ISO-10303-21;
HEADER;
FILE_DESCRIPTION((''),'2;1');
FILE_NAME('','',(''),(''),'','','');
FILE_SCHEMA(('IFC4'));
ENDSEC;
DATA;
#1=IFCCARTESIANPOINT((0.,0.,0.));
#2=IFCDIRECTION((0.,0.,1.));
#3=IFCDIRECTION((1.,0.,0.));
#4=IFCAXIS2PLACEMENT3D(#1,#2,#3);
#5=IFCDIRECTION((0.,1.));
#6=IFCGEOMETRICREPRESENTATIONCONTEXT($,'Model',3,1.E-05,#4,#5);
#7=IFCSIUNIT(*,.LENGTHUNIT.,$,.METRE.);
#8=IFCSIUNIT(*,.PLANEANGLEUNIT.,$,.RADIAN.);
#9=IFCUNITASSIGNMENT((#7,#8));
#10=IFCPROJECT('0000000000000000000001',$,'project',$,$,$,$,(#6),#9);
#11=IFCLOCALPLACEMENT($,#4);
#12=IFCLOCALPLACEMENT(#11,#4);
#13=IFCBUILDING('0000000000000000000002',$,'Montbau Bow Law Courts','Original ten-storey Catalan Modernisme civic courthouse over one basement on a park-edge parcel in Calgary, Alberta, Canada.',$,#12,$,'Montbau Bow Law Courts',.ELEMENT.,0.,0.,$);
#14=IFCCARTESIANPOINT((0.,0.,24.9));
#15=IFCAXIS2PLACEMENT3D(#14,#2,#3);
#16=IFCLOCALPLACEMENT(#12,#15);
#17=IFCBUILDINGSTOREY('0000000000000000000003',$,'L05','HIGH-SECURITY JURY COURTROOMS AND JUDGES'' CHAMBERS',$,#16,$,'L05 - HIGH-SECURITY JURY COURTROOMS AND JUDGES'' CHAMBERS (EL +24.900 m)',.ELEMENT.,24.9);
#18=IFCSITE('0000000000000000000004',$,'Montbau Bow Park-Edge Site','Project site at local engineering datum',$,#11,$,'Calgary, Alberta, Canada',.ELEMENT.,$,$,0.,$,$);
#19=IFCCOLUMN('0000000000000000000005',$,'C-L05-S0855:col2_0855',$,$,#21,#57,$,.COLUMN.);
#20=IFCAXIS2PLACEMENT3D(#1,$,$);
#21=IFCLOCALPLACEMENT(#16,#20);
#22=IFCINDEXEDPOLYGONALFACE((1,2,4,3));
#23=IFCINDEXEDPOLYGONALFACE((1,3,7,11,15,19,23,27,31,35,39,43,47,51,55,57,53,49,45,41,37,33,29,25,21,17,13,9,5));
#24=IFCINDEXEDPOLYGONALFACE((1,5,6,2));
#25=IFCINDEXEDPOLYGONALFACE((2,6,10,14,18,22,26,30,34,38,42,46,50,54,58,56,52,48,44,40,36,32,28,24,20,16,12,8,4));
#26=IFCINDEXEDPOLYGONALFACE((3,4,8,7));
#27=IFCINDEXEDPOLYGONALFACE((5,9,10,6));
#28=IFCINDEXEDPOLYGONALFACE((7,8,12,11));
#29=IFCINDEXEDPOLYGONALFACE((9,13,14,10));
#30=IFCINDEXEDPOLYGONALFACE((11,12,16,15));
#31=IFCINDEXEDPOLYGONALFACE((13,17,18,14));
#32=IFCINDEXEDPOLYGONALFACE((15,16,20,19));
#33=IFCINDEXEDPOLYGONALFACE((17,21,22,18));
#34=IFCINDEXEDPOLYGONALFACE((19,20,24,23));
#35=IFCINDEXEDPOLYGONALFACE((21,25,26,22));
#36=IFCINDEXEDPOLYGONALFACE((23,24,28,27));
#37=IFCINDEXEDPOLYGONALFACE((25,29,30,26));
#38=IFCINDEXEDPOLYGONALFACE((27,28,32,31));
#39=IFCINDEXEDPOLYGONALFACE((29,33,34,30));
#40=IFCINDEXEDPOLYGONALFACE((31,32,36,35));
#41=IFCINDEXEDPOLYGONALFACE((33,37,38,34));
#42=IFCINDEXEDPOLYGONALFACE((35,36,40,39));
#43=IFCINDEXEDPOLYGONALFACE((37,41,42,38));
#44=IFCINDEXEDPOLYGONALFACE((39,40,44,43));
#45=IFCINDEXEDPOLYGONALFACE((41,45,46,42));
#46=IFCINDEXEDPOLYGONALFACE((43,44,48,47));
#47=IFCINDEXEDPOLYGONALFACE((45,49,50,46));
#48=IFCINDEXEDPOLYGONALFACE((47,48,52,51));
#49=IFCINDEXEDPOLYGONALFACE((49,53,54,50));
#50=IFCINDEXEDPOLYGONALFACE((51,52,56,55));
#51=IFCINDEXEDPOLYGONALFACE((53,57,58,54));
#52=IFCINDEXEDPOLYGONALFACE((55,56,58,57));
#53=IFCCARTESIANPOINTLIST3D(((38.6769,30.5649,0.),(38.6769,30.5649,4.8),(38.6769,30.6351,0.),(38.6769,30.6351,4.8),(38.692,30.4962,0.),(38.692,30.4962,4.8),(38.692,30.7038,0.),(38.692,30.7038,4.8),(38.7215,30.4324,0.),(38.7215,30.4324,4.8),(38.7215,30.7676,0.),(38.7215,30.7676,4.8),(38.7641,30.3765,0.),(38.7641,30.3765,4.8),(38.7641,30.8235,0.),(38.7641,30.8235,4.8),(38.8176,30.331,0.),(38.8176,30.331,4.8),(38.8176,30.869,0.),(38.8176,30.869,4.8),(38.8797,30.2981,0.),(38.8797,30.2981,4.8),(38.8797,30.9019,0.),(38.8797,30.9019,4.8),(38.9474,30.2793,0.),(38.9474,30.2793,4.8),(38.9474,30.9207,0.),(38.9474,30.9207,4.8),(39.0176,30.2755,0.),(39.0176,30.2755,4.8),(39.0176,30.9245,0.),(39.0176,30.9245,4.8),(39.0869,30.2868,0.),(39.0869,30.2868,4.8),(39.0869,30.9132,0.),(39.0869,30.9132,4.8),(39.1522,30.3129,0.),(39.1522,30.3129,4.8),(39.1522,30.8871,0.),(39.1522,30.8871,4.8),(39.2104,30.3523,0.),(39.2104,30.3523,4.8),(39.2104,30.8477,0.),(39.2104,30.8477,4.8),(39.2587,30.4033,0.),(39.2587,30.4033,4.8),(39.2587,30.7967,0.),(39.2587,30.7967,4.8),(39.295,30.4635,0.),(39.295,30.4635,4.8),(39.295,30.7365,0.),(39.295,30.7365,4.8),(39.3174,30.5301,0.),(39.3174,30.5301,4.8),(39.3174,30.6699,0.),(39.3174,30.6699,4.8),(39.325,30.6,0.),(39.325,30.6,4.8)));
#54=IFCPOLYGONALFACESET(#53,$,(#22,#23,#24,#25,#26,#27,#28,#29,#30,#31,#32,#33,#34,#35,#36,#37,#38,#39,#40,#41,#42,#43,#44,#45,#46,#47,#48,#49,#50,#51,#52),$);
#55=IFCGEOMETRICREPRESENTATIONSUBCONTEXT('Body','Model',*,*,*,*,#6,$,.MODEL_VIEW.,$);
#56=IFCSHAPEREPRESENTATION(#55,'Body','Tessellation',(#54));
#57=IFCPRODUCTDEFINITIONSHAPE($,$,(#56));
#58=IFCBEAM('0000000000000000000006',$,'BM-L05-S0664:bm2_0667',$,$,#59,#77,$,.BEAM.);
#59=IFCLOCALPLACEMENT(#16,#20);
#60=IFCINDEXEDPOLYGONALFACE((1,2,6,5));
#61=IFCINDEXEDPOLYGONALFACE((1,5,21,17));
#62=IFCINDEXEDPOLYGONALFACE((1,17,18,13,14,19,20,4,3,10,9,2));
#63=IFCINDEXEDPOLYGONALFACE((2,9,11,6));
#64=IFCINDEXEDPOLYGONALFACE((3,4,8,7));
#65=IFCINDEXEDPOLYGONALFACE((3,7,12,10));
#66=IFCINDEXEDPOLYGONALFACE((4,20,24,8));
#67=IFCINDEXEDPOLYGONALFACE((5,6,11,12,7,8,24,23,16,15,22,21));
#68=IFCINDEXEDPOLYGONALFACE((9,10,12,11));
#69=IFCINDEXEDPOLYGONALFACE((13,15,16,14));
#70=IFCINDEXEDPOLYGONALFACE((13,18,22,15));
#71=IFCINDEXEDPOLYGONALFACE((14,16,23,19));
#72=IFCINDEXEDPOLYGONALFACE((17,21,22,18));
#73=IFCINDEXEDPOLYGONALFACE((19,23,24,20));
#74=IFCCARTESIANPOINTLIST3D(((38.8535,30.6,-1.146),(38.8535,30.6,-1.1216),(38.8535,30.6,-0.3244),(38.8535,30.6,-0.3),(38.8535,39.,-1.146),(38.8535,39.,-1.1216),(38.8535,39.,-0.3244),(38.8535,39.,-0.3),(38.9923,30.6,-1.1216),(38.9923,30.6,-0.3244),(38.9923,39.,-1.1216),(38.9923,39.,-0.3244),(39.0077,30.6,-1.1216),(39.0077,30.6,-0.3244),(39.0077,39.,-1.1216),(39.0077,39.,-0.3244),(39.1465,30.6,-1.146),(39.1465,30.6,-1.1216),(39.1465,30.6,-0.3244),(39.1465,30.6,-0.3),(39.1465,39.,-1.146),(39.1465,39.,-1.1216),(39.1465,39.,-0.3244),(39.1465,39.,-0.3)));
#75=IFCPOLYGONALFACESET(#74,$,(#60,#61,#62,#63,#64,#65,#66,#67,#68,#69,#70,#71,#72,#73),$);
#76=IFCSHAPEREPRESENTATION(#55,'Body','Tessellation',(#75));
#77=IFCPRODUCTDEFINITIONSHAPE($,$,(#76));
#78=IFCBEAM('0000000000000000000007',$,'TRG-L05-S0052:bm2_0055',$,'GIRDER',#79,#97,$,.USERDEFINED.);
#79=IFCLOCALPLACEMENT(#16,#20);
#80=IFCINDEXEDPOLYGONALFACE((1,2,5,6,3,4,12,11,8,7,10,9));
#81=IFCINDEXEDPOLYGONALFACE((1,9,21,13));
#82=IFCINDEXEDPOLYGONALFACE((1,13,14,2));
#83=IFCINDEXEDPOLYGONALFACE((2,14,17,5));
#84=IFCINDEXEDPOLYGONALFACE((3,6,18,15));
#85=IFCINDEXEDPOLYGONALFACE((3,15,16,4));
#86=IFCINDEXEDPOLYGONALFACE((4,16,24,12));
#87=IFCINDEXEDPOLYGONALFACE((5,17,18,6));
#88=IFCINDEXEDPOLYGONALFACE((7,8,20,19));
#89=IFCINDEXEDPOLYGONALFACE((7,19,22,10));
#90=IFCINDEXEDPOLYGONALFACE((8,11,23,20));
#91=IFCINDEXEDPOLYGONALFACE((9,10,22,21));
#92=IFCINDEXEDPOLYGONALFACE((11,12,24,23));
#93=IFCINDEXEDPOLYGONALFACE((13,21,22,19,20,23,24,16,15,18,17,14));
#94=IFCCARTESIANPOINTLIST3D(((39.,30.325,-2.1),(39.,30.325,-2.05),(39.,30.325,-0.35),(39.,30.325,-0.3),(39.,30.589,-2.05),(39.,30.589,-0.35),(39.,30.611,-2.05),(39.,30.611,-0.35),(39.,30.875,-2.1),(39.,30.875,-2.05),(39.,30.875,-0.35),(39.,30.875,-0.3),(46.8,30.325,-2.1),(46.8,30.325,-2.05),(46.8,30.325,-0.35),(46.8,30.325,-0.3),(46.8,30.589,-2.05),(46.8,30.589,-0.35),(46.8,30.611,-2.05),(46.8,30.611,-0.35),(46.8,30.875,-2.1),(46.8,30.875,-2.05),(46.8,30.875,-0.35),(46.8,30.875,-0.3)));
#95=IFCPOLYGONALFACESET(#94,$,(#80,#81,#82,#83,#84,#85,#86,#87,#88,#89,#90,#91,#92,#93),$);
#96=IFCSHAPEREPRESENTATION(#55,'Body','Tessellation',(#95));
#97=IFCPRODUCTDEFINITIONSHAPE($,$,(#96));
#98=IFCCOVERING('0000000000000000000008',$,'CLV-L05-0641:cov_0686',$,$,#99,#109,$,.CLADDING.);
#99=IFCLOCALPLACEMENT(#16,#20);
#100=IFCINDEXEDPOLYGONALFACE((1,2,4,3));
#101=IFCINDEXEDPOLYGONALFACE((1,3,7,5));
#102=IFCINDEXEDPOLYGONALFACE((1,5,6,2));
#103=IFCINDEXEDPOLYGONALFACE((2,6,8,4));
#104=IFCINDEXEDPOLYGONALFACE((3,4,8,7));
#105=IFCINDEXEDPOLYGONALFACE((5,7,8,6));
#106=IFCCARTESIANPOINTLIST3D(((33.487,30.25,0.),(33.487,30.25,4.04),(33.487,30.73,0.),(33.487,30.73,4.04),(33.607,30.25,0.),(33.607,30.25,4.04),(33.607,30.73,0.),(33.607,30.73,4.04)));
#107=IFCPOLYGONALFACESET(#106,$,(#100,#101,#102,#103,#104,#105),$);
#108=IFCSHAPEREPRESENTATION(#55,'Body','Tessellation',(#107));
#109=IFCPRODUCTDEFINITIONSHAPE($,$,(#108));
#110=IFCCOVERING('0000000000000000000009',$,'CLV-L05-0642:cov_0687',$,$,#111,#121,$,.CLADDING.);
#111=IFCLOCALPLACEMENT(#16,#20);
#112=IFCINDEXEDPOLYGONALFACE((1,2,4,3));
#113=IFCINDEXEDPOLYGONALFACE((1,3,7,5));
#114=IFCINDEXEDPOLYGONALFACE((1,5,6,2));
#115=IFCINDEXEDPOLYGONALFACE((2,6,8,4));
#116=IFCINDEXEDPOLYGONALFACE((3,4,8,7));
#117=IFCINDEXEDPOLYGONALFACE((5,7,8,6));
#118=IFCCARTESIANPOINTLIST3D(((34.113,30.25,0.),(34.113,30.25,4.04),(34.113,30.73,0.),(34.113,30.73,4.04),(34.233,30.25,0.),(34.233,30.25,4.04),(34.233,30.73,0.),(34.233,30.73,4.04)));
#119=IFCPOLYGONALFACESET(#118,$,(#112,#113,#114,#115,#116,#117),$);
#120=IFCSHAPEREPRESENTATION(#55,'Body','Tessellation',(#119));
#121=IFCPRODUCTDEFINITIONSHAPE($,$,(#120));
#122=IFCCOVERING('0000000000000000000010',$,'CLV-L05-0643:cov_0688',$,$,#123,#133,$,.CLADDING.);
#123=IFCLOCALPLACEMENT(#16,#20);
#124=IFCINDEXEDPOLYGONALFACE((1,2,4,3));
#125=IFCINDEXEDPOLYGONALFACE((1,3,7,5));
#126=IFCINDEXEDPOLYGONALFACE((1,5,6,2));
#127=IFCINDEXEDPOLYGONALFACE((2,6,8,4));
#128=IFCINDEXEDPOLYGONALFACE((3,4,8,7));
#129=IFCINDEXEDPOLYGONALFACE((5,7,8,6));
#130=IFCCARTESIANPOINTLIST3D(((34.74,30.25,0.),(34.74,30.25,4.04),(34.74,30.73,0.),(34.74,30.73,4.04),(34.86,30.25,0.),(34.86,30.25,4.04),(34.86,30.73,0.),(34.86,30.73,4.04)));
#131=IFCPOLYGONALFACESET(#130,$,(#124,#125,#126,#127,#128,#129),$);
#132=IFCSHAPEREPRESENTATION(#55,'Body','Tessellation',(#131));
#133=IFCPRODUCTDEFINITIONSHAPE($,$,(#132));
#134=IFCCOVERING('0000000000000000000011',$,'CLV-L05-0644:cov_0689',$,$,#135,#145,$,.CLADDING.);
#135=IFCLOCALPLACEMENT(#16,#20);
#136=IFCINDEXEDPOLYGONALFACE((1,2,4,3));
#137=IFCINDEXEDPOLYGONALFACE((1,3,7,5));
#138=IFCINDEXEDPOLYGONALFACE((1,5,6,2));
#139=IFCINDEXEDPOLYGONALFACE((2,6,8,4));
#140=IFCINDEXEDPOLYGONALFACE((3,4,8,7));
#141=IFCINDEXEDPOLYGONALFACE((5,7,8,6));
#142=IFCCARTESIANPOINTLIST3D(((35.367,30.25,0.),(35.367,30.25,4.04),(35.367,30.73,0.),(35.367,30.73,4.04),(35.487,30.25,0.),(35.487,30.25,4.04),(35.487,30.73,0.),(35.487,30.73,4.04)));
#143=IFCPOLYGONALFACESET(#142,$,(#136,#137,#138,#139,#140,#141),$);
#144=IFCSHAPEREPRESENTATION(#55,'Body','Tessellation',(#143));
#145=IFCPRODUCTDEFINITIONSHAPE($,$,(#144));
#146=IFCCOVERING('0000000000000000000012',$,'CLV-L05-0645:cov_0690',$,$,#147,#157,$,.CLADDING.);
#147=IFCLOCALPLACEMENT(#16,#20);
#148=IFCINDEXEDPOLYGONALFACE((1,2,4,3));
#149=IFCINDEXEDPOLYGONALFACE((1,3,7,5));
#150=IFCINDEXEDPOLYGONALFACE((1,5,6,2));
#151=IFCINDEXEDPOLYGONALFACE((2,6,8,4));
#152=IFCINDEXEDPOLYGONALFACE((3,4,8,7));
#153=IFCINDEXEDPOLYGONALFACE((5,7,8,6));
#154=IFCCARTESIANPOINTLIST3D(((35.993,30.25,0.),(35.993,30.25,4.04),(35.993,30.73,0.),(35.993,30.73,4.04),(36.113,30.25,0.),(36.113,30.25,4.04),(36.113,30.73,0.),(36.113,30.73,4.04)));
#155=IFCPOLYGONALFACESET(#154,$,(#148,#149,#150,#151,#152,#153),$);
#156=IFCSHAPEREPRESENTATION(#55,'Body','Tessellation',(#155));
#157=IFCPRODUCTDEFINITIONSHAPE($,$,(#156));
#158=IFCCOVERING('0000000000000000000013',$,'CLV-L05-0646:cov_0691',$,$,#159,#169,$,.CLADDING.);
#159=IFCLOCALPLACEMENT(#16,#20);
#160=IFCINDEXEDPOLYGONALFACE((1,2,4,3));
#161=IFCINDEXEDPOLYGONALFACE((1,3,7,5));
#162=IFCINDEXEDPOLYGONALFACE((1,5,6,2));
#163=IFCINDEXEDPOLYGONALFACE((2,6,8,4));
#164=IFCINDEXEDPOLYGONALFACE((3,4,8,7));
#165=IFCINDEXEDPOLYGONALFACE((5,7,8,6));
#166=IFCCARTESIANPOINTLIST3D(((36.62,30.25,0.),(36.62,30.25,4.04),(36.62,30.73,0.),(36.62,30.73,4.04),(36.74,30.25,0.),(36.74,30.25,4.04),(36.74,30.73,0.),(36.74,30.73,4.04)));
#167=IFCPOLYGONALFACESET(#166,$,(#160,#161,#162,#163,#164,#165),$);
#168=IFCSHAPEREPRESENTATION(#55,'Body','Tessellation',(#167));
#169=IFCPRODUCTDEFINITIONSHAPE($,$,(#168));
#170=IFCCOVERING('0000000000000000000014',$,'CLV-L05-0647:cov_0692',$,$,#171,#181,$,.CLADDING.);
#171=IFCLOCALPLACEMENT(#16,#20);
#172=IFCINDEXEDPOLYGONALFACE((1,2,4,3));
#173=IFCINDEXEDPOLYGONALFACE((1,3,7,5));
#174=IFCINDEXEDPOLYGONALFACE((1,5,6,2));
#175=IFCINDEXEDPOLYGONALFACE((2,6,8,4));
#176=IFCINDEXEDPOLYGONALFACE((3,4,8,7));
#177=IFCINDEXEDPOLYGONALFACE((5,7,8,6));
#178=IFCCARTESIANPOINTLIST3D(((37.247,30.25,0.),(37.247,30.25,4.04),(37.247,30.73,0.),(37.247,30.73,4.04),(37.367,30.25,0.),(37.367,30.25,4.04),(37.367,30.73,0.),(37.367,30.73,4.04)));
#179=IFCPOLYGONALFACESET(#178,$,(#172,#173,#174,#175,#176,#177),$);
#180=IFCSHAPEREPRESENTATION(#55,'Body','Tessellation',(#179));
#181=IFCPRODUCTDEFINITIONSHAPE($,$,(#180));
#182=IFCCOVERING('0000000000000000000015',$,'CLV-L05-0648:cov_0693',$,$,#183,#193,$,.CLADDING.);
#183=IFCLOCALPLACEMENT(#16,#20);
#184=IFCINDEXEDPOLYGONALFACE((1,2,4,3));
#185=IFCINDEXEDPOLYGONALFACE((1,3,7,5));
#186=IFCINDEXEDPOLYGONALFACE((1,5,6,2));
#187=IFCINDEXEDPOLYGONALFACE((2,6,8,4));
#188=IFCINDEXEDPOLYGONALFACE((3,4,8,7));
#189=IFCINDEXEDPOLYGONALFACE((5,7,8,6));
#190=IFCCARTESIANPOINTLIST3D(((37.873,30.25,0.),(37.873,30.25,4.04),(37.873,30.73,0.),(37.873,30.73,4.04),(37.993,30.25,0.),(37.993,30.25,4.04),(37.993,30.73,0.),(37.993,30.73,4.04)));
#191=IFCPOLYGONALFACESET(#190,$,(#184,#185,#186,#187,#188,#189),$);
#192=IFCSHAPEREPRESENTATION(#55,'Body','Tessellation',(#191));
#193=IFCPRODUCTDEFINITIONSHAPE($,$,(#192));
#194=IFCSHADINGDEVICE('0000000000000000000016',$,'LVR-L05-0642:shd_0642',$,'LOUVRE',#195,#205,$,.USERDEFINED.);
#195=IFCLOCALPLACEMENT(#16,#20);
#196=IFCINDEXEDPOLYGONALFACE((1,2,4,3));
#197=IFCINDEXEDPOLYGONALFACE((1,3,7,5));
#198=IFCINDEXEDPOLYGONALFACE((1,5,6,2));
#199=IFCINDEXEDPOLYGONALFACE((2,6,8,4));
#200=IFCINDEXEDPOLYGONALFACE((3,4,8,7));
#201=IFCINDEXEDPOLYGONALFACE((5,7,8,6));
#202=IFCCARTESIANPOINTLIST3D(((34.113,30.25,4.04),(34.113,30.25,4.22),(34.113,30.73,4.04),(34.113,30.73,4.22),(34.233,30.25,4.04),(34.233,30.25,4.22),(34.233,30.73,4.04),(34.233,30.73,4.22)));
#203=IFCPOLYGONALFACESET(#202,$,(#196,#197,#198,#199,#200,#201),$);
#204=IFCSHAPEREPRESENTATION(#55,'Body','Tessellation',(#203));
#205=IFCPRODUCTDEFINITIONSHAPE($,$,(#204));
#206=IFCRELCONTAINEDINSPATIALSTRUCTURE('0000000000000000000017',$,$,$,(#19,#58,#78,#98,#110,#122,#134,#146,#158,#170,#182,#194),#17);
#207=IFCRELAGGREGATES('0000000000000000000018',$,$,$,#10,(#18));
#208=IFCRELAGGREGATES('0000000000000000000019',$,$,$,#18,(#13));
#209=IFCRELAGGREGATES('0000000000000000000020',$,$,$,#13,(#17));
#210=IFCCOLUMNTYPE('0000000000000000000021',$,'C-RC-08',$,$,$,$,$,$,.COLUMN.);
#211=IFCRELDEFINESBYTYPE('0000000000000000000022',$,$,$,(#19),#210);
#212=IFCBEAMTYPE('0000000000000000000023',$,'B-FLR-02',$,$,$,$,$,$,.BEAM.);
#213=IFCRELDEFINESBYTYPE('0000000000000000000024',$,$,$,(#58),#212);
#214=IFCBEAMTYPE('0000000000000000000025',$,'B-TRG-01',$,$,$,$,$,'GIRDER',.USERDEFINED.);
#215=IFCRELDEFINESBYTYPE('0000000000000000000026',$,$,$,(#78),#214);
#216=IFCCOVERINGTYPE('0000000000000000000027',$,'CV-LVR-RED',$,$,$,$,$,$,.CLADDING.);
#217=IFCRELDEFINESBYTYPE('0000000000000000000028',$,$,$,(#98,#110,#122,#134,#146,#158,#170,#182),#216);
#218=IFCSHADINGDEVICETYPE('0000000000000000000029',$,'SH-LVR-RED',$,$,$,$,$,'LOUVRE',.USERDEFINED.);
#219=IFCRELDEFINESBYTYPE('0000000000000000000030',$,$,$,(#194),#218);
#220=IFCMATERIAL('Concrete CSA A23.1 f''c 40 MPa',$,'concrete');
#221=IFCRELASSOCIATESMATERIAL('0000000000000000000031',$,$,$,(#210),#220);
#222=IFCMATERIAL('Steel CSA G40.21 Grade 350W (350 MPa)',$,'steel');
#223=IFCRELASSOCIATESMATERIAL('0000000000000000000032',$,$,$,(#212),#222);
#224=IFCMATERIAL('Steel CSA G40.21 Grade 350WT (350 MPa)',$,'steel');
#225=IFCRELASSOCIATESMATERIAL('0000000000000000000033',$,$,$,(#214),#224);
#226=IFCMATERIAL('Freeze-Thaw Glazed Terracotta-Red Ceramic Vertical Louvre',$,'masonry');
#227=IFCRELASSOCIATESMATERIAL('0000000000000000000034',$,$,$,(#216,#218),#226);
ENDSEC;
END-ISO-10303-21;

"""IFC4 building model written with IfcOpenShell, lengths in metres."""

from ifc_helpers import new_model, si_unit, direction, frame, frame_2d, origin_with_axes, origin_2d_with_axis, place, context, subcontext, project, spatial, rectangle, circle, i_section, extrude, material, material_profile, profile_set, type_object, element, save


model = new_model("IFC4")

# Units and contexts
model_context = context("Model", 3, precision=1e-05, world=origin_with_axes(), true_north=direction((0.0, 1.0)))
body_context = subcontext(model_context, "Body", "Model", "MODEL_VIEW")
ifc_project = project(units=[si_unit("LENGTHUNIT", "METRE"), si_unit("PLANEANGLEUNIT", "RADIAN")], contexts=[model_context])

# Site, building, storey
site_placement = place(None, origin_with_axes())
site = spatial("IfcSite", under=ifc_project, at=site_placement, Name="Montbau Bow Park-Edge Site", Description="Project site at local engineering datum", LongName="Calgary, Alberta, Canada", CompositionType="ELEMENT", RefElevation=0.0)
building_placement = place(site_placement, origin_with_axes())
building = spatial("IfcBuilding", under=site, at=building_placement, Name="Montbau Bow Law Courts", Description="Original ten-storey Catalan Modernisme civic courthouse over one basement on a park-edge parcel in Calgary, Alberta, Canada.", LongName="Montbau Bow Law Courts", CompositionType="ELEMENT", ElevationOfRefHeight=0.0, ElevationOfTerrain=0.0)
storey_placement = place(building_placement, frame((0.0, 0.0, 24.9), z_axis=(0.0, 0.0, 1.0), x_axis=(1.0, 0.0, 0.0)))
storey = spatial("IfcBuildingStorey", under=building, at=storey_placement, Name="L05", Description="HIGH-SECURITY JURY COURTROOMS AND JUDGES' CHAMBERS", LongName="L05 - HIGH-SECURITY JURY COURTROOMS AND JUDGES' CHAMBERS (EL +24.900 m)", CompositionType="ELEMENT", Elevation=24.9)

# Column
ifc_material_1 = material(Name="Concrete CSA A23.1 f'c 40 MPa", Category="concrete")
ifc_material_profile_1 = material_profile(ifc_material_1, circle(Radius=0.325, at=origin_2d_with_axis()), Name="RC650D", Category="Main", Priority=0)
ifc_profile_set_1 = profile_set([ifc_material_profile_1], Name="Concrete CSA A23.1 f'c 40 MPa")
column_type = type_object("IfcColumnType", Name="C-RC-08", PredefinedType="COLUMN", material=ifc_profile_set_1)
column_placement = place(None, frame((39.0, 30.6, 24.9), z_axis=(0.0, 0.0, 1.0), x_axis=(1.0, 0.0, 0.0)))
element("IfcColumn", 1, at=column_placement, inside=storey, type_object=column_type, Name="C-L05-S0855:col2_0855", PredefinedType="COLUMN", context=body_context, shape_type="SweptSolid", body=[
    extrude(circle(Radius=0.325, at=origin_2d_with_axis()), origin_with_axes(), (0.0, 0.0, 1.0), 4.8),
])

# Beams
ifc_material_2 = material(Name="Steel CSA G40.21 Grade 350W (350 MPa)", Category="steel")
ifc_material_profile_2 = material_profile(ifc_material_2, i_section(OverallWidth=0.293, OverallDepth=0.846, WebThickness=0.0154, FlangeThickness=0.0244, at=origin_2d_with_axis()), Name="W840X210", Category="Main", Priority=0)
ifc_profile_set_2 = profile_set([ifc_material_profile_2], Name="Steel CSA G40.21 Grade 350W (350 MPa)")
beam_type_1 = type_object("IfcBeamType", Name="B-FLR-02", PredefinedType="BEAM", material=ifc_profile_set_2)
beam_1_placement = place(None, frame((39.0, 30.6, 24.177), z_axis=(0.0, 1.0, 0.0), x_axis=(-1.0, 0.0, 0.0)))
element("IfcBeam", 2, at=beam_1_placement, inside=storey, type_object=beam_type_1, Name="BM-L05-S0664:bm2_0667", PredefinedType="BEAM", context=body_context, shape_type="SweptSolid", body=[
    extrude(i_section(OverallWidth=0.293, OverallDepth=0.846, WebThickness=0.0154, FlangeThickness=0.0244, at=origin_2d_with_axis()), origin_with_axes(), (0.0, 0.0, 1.0), 8.4),
])
ifc_material_3 = material(Name="Steel CSA G40.21 Grade 350WT (350 MPa)", Category="steel")
ifc_material_profile_3 = material_profile(ifc_material_3, i_section(OverallWidth=0.55, OverallDepth=1.8, WebThickness=0.022, FlangeThickness=0.05, at=origin_2d_with_axis()), Name="WWF1800X550", Category="Main", Priority=0)
ifc_profile_set_3 = profile_set([ifc_material_profile_3], Name="Steel CSA G40.21 Grade 350WT (350 MPa)")
beam_type_2 = type_object("IfcBeamType", Name="B-TRG-01", ElementType="GIRDER", PredefinedType="USERDEFINED", material=ifc_profile_set_3)
beam_2_placement = place(None, frame((39.0, 30.6, 23.7), z_axis=(1.0, 0.0, 0.0), x_axis=(0.0, 1.0, 0.0)))
element("IfcBeam", 3, at=beam_2_placement, inside=storey, type_object=beam_type_2, Name="TRG-L05-S0052:bm2_0055", ObjectType="GIRDER", PredefinedType="USERDEFINED", context=body_context, shape_type="SweptSolid", body=[
    extrude(i_section(OverallWidth=0.55, OverallDepth=1.8, WebThickness=0.022, FlangeThickness=0.05, at=origin_2d_with_axis()), origin_with_axes(), (0.0, 0.0, 1.0), 7.8),
])

# Coverings
ifc_material_4 = material(Name="Freeze-Thaw Glazed Terracotta-Red Ceramic Vertical Louvre", Category="masonry")
covering_type = type_object("IfcCoveringType", Name="CV-LVR-RED", PredefinedType="CLADDING", material=ifc_material_4)
for number, where, z_axis, x_axis, name in (
    (4, (33.547, 30.73, 24.9), (-1.0, 0.0, 0.0), (0.0, -1.0, 0.0), "CLV-L05-0641:cov_0686"),
    (5, (34.173, 30.73, 24.9), (-1.0, 0.0, 0.0), (0.0, -1.0, 0.0), "CLV-L05-0642:cov_0687"),
    (6, (34.8, 30.73, 24.9), (-1.0, 0.0, 0.0), (0.0, -1.0, 0.0), "CLV-L05-0643:cov_0688"),
    (7, (35.427, 30.73, 24.9), (-1.0, 0.0, 0.0), (0.0, -1.0, 0.0), "CLV-L05-0644:cov_0689"),
    (8, (36.053, 30.73, 24.9), (-1.0, 0.0, 0.0), (0.0, -1.0, 0.0), "CLV-L05-0645:cov_0690"),
    (9, (36.68, 30.73, 24.9), (-1.0, 0.0, 0.0), (0.0, -1.0, 0.0), "CLV-L05-0646:cov_0691"),
    (10, (37.307, 30.73, 24.9), (-1.0, 0.0, 0.0), (0.0, -1.0, 0.0), "CLV-L05-0647:cov_0692"),
    (11, (37.933, 30.73, 24.9), (-1.0, 0.0, 0.0), (0.0, -1.0, 0.0), "CLV-L05-0648:cov_0693"),
):
    element("IfcCovering", number, at=place(None, frame(where, z_axis=z_axis, x_axis=x_axis)), inside=storey, type_object=covering_type, Name=name, PredefinedType="CLADDING", context=body_context, shape_type="SweptSolid", body=[
        extrude(rectangle(XDim=0.48, YDim=4.04, at=frame_2d((0.24, 2.02), x_axis=(1.0, 0.0))), frame((0.0, 0.0, -0.06), z_axis=(0.0, 0.0, 1.0), x_axis=(1.0, 0.0, 0.0)), (0.0, 0.0, 1.0), 0.12),
    ])

# Shading device
shading_device_type = type_object("IfcShadingDeviceType", Name="SH-LVR-RED", ElementType="LOUVRE", PredefinedType="USERDEFINED", material=ifc_material_4)
for number, where, z_axis, x_axis, name in (
    (12, (34.173, 30.49, 28.94), (0.0, 0.0, 1.0), (0.0, -1.0, 0.0), "LVR-L05-0642:shd_0642"),
):
    element("IfcShadingDevice", number, at=place(None, frame(where, z_axis=z_axis, x_axis=x_axis)), inside=storey, type_object=shading_device_type, Name=name, ObjectType="LOUVRE", PredefinedType="USERDEFINED", context=body_context, shape_type="SweptSolid", body=[
        extrude(rectangle(XDim=0.48, YDim=0.12, at=origin_2d_with_axis()), origin_with_axes(), (0.0, 0.0, 1.0), 0.18),
    ])

save(model, "model.ifc")
